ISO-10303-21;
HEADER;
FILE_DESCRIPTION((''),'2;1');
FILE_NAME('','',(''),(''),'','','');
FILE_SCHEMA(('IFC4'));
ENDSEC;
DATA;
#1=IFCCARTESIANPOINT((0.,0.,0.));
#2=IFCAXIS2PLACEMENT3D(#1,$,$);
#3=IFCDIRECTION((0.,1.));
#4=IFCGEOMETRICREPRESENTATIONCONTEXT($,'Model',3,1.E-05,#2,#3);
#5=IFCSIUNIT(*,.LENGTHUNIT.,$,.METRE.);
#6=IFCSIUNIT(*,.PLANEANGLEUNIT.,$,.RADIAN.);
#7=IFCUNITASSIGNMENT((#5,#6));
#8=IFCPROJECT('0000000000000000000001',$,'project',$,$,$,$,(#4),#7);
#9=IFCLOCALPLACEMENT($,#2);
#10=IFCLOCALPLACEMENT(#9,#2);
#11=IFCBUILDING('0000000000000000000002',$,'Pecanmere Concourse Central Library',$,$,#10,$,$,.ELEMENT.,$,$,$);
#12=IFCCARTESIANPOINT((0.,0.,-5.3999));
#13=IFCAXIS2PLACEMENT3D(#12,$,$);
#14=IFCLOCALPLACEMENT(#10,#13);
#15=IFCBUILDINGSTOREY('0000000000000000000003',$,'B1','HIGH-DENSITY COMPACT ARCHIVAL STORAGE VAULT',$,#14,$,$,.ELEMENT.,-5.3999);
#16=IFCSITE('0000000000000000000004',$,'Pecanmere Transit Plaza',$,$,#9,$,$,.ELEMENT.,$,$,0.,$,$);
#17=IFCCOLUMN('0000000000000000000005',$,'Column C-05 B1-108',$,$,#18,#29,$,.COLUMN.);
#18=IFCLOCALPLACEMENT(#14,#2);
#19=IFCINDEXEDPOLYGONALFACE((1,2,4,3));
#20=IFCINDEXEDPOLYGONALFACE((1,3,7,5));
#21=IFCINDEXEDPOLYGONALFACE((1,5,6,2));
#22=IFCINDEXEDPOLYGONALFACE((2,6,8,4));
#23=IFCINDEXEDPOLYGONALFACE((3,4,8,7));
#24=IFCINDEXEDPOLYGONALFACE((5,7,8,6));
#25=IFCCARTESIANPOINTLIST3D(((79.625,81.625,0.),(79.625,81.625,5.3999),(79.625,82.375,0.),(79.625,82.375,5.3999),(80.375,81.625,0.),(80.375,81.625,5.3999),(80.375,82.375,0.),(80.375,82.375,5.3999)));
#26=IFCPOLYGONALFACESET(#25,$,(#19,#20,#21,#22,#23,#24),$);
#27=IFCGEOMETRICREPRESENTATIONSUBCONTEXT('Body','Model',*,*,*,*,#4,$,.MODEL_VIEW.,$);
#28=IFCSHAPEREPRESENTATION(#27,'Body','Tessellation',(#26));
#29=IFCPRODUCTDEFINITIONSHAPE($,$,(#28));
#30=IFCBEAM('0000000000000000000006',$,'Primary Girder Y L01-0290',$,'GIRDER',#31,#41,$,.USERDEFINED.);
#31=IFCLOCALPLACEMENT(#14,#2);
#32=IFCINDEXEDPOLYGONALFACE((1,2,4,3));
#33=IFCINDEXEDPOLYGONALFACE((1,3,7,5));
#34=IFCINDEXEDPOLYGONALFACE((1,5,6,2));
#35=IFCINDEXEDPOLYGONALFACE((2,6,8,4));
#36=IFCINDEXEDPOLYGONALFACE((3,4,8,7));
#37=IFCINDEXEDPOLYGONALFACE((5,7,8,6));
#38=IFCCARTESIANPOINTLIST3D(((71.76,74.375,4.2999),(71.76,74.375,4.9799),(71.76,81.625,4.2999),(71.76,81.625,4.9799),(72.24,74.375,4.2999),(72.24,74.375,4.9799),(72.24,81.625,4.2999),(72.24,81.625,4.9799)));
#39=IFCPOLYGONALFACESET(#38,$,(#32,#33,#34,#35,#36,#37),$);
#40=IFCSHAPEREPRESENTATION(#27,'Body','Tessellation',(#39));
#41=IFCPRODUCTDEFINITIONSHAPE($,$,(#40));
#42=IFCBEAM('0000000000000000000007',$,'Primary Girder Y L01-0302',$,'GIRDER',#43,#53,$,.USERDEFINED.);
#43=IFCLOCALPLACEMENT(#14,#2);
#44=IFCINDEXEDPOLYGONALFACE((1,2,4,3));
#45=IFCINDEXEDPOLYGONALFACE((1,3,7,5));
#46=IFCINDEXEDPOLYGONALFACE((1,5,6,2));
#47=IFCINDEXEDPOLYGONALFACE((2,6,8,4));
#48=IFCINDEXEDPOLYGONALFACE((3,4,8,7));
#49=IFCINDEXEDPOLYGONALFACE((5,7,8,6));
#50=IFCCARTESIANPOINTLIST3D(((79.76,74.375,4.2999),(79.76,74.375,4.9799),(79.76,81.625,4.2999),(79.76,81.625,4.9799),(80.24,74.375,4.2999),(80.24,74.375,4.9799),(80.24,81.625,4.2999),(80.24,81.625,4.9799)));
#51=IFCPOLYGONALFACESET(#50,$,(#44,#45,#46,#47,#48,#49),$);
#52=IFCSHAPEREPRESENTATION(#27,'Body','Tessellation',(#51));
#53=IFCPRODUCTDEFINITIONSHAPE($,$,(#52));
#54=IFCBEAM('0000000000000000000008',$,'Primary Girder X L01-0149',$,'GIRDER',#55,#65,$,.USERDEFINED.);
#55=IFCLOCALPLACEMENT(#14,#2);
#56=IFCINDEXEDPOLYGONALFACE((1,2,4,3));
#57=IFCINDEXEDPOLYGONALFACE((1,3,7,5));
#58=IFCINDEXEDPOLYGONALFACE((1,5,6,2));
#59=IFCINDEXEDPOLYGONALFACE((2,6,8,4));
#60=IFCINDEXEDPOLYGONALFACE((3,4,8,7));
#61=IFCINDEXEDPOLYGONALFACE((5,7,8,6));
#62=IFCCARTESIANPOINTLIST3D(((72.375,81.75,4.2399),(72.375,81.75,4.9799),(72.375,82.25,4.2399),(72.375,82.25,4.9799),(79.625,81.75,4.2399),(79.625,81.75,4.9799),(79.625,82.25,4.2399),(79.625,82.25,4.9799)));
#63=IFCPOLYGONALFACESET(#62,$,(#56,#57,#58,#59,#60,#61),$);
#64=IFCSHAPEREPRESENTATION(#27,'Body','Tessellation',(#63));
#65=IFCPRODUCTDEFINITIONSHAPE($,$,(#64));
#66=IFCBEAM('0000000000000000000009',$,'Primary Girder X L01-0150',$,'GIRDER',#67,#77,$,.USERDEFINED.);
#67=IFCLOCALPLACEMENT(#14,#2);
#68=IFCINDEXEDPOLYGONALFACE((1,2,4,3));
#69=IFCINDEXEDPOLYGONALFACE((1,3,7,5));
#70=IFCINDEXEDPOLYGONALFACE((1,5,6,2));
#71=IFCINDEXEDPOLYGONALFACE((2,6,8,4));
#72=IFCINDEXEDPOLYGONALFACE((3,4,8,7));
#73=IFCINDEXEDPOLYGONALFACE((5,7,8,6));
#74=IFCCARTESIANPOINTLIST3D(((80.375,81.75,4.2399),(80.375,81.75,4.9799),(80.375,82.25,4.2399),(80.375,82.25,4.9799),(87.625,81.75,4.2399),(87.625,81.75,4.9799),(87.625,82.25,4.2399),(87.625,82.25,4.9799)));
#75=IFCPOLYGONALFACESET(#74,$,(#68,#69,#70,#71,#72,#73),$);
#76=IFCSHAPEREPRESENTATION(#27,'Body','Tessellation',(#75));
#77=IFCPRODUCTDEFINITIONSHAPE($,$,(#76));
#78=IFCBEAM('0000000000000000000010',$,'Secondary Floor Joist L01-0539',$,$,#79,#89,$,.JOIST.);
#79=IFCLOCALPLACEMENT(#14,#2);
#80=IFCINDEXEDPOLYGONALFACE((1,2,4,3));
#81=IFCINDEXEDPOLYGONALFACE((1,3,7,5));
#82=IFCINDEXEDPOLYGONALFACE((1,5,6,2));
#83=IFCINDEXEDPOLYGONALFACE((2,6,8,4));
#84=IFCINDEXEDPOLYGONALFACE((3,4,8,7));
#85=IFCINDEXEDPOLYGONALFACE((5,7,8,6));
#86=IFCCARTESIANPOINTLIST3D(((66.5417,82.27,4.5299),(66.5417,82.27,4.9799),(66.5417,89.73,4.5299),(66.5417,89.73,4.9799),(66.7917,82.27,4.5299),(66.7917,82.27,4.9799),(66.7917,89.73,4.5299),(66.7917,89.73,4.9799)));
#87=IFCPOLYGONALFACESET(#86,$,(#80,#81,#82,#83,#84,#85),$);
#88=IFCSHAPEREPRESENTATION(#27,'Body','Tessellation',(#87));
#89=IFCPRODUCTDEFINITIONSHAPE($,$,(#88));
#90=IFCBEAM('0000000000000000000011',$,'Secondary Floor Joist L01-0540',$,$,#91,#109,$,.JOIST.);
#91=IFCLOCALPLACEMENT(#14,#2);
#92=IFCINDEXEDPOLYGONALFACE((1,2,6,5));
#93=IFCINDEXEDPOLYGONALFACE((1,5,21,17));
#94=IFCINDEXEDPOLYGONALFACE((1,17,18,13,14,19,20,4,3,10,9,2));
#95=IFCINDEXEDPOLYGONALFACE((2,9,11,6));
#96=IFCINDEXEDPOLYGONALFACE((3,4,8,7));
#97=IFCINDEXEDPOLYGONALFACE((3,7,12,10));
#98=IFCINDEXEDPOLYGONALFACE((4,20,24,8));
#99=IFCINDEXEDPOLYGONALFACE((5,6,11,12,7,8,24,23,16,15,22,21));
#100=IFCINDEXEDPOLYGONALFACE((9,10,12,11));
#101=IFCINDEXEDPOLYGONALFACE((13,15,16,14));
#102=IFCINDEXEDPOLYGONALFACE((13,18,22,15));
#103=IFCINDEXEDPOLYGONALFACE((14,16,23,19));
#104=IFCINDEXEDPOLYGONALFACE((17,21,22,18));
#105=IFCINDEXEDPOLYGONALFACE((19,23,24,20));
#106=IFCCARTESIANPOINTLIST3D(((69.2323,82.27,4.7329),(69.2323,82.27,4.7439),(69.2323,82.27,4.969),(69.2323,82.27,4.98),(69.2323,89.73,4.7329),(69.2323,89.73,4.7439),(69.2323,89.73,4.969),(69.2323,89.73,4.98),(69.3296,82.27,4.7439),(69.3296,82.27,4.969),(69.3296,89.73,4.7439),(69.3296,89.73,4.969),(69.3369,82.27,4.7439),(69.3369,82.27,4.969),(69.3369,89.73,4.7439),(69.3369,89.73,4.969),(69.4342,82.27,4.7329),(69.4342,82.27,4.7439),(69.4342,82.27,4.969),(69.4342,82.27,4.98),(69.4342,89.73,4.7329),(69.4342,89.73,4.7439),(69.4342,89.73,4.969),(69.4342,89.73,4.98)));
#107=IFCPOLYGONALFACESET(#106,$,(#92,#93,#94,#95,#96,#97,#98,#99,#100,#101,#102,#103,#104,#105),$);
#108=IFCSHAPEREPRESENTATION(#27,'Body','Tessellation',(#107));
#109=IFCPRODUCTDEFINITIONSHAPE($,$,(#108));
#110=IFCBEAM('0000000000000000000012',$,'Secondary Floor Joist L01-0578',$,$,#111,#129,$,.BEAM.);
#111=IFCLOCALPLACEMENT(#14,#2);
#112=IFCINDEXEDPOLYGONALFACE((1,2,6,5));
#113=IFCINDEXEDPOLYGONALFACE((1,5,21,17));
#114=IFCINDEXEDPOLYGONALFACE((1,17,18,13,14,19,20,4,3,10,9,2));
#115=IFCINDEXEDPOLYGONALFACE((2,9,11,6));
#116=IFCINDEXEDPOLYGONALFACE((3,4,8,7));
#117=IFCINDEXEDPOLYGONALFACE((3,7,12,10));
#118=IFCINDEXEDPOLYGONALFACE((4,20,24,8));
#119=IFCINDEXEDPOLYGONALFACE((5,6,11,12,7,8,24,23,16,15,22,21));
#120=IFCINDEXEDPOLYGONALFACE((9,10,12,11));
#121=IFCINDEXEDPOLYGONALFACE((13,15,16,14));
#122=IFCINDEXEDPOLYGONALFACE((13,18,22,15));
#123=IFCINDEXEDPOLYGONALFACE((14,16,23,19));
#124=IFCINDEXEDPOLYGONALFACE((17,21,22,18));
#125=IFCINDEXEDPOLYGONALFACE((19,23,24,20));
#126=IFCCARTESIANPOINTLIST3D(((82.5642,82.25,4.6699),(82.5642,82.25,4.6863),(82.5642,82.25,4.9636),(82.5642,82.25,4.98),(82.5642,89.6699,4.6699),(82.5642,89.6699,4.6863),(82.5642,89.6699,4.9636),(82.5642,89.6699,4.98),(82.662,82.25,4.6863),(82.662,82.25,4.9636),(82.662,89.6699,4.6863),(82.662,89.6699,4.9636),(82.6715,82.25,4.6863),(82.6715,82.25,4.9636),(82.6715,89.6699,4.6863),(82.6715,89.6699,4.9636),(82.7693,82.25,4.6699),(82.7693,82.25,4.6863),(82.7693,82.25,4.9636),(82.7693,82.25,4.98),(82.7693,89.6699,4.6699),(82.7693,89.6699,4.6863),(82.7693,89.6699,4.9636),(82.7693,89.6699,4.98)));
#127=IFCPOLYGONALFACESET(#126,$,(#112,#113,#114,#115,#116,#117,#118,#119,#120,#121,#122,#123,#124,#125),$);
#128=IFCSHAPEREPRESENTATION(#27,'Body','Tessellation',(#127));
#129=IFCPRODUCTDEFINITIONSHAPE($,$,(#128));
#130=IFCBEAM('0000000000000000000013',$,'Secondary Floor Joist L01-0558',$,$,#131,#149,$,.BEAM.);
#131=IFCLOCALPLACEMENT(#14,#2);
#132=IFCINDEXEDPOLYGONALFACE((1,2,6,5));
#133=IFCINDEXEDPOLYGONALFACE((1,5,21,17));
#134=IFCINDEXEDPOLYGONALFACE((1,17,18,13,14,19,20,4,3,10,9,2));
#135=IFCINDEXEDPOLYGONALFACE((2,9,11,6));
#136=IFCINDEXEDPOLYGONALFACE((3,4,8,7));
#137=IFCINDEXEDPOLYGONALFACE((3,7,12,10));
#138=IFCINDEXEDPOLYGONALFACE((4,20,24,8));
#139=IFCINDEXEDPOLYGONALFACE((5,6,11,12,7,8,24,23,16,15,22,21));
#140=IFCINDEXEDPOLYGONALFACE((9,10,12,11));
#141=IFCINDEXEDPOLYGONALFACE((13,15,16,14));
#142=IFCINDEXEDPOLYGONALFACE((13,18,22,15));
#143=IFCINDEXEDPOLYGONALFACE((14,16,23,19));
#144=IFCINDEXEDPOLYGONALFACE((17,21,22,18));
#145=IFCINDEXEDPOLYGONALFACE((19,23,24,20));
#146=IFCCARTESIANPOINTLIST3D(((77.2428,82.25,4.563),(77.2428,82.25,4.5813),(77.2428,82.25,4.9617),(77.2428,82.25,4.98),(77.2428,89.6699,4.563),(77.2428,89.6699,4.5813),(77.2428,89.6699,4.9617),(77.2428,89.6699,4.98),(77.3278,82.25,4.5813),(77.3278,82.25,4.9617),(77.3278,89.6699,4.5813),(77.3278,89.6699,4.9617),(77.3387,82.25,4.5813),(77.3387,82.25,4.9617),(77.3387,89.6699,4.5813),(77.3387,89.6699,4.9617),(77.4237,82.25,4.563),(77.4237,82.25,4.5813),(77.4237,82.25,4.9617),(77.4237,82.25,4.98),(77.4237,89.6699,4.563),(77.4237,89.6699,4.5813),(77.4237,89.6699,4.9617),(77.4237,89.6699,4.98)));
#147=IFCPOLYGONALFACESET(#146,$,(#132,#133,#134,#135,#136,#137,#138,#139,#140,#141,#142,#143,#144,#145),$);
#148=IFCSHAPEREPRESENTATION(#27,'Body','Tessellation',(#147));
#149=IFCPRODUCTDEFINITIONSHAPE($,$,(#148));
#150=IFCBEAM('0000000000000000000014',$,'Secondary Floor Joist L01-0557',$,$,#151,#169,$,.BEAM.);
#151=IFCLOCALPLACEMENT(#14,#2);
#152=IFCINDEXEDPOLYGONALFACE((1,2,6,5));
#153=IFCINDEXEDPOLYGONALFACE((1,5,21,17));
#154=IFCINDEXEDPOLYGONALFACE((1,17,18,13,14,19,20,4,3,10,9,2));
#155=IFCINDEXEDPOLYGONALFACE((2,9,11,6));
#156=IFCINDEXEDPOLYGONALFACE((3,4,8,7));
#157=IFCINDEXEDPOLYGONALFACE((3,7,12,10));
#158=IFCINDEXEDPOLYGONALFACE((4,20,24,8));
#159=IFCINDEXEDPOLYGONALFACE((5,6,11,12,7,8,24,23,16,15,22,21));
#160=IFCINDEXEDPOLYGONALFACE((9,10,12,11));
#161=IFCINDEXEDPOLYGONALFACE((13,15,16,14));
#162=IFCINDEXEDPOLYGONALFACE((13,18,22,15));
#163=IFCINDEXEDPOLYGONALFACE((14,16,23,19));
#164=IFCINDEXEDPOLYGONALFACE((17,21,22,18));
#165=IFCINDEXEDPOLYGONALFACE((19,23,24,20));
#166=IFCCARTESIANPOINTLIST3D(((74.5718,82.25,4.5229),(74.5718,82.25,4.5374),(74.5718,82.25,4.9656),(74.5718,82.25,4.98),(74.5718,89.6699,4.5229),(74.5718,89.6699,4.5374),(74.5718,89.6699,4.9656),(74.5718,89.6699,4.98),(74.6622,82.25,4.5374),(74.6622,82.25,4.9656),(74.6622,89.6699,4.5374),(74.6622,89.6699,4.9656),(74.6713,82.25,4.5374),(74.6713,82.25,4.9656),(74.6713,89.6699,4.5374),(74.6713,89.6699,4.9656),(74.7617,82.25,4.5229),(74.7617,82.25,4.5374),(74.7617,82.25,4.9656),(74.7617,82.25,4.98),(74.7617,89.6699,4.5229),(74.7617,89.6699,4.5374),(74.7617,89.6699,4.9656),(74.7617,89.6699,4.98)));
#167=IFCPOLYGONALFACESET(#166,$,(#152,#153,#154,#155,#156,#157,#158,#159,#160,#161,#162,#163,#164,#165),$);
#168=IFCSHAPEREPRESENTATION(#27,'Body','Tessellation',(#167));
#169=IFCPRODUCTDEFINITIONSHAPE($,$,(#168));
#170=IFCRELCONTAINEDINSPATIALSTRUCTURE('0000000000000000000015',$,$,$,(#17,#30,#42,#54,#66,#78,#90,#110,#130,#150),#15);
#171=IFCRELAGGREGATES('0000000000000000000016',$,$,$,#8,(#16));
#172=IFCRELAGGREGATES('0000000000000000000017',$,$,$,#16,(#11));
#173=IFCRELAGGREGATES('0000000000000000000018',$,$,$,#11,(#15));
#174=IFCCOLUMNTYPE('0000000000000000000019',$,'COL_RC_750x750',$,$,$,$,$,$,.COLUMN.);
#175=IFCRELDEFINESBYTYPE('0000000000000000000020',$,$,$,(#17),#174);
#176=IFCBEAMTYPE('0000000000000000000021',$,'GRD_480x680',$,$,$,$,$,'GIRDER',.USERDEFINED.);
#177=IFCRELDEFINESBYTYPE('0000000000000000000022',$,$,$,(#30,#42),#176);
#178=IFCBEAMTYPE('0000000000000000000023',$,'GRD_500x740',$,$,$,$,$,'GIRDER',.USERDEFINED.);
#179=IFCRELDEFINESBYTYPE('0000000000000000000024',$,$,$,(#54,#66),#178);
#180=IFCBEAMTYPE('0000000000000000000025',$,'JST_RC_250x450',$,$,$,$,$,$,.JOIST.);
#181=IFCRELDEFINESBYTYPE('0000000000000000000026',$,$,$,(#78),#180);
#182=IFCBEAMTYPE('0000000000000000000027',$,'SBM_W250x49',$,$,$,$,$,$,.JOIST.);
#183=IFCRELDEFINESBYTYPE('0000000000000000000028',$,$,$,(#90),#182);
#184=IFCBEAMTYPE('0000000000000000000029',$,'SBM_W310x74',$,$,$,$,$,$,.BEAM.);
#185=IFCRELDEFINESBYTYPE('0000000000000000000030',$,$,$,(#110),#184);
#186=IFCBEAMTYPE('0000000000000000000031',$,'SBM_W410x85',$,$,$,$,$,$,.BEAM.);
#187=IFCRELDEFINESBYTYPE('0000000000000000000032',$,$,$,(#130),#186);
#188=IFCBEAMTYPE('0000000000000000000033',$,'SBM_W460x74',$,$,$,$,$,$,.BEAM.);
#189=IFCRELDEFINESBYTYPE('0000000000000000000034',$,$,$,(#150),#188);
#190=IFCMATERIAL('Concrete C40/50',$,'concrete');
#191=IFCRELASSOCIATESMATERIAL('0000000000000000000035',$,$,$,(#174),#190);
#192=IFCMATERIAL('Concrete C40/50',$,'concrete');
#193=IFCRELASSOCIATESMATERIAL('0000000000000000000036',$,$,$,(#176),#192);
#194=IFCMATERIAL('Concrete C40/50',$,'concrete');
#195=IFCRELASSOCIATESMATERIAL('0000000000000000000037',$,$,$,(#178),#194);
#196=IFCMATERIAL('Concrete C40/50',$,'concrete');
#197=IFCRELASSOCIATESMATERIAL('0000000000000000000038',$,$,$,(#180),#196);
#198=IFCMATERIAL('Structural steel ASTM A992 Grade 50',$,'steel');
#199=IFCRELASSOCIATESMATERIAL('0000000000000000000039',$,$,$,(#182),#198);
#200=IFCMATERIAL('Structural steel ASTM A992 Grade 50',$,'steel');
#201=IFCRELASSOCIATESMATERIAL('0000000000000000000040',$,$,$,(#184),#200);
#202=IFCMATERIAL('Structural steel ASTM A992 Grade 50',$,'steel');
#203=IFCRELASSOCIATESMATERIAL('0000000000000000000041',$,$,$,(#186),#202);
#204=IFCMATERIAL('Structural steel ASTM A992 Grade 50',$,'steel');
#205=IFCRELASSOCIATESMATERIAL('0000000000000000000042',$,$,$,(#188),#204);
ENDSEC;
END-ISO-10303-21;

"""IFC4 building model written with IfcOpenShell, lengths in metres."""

from ifc_helpers import new_model, si_unit, direction, frame, origin, origin_2d, place, context, subcontext, project, spatial, rectangle, i_section, extrude, material, material_profile, profile_set, type_object, element, save


model = new_model("IFC4")

# Units and contexts
model_context = context("Model", 3, precision=1e-05, world=origin(), true_north=direction((0.0, 1.0)))
body_context = subcontext(model_context, "Body", "Model", "MODEL_VIEW")
ifc_project = project(units=[si_unit("LENGTHUNIT", "METRE"), si_unit("PLANEANGLEUNIT", "RADIAN")], contexts=[model_context])

# Site, building, storey
site_placement = place(None, origin())
site = spatial("IfcSite", under=ifc_project, at=site_placement, Name="Pecanmere Transit Plaza", CompositionType="ELEMENT", RefElevation=0.0)
building_placement = place(site_placement, origin())
building = spatial("IfcBuilding", under=site, at=building_placement, Name="Pecanmere Concourse Central Library", CompositionType="ELEMENT")
storey_placement = place(building_placement, frame((0.0, 0.0, -5.3999)))
storey = spatial("IfcBuildingStorey", under=building, at=storey_placement, Name="B1", Description="HIGH-DENSITY COMPACT ARCHIVAL STORAGE VAULT", CompositionType="ELEMENT", Elevation=-5.3999)

# Column
ifc_material_1 = material(Name="Concrete C40/50", Category="concrete")
ifc_material_profile_1 = material_profile(ifc_material_1, rectangle(XDim=0.75, YDim=0.75, at=origin_2d()), Name="RC 750x750")
ifc_profile_set_1 = profile_set([ifc_material_profile_1], Name="Concrete C40/50")
column_type = type_object("IfcColumnType", Name="COL_RC_750x750", PredefinedType="COLUMN", material=ifc_profile_set_1)
for number, where, z_axis, x_axis, name in (
    (1, (80.0, 82.0, 0.0), (0.0, 0.0, 1.0), (1.0, 0.0, 0.0), "Column C-05 B1-108"),
):
    element("IfcColumn", number, at=place(storey_placement, frame(where, z_axis=z_axis, x_axis=x_axis)), inside=storey, type_object=column_type, Name=name, PredefinedType="COLUMN", context=body_context, shape_type="SweptSolid", body=[
        extrude(rectangle(XDim=0.75, YDim=0.75, at=origin_2d()), origin(), (0.0, 0.0, 1.0), 5.3999),
    ])

# Beams
ifc_material_2 = material(Name="Concrete C40/50", Category="concrete")
ifc_material_profile_2 = material_profile(ifc_material_2, rectangle(XDim=0.48, YDim=0.6799, at=origin_2d()), Name="RC 480x680")
ifc_profile_set_2 = profile_set([ifc_material_profile_2], Name="Concrete C40/50")
beam_type_1 = type_object("IfcBeamType", Name="GRD_480x680", ElementType="GIRDER", PredefinedType="USERDEFINED", material=ifc_profile_set_2)
for number, where, z_axis, x_axis, name in (
    (2, (72.0, 74.375, 4.6399), (0.0, 1.0, 0.0), (-1.0, 0.0, 0.0), "Primary Girder Y L01-0290"),
    (3, (80.0, 74.375, 4.6399), (0.0, 1.0, 0.0), (-1.0, 0.0, 0.0), "Primary Girder Y L01-0302"),
):
    element("IfcBeam", number, at=place(storey_placement, frame(where, z_axis=z_axis, x_axis=x_axis)), inside=storey, type_object=beam_type_1, Name=name, ObjectType="GIRDER", PredefinedType="USERDEFINED", context=body_context, shape_type="SweptSolid", body=[
        extrude(rectangle(XDim=0.48, YDim=0.6799, at=origin_2d()), origin(), (0.0, 0.0, 1.0), 7.25),
    ])
ifc_material_3 = material(Name="Concrete C40/50", Category="concrete")
ifc_material_profile_3 = material_profile(ifc_material_3, rectangle(XDim=0.5, YDim=0.74, at=origin_2d()), Name="RC 500x740")
ifc_profile_set_3 = profile_set([ifc_material_profile_3], Name="Concrete C40/50")
beam_type_2 = type_object("IfcBeamType", Name="GRD_500x740", ElementType="GIRDER", PredefinedType="USERDEFINED", material=ifc_profile_set_3)
for number, where, z_axis, x_axis, name in (
    (4, (72.375, 82.0, 4.6099), (1.0, 0.0, 0.0), (0.0, 1.0, 0.0), "Primary Girder X L01-0149"),
    (5, (80.375, 82.0, 4.6099), (1.0, 0.0, 0.0), (0.0, 1.0, 0.0), "Primary Girder X L01-0150"),
):
    element("IfcBeam", number, at=place(storey_placement, frame(where, z_axis=z_axis, x_axis=x_axis)), inside=storey, type_object=beam_type_2, Name=name, ObjectType="GIRDER", PredefinedType="USERDEFINED", context=body_context, shape_type="SweptSolid", body=[
        extrude(rectangle(XDim=0.5, YDim=0.74, at=origin_2d()), origin(), (0.0, 0.0, 1.0), 7.25),
    ])
ifc_material_4 = material(Name="Concrete C40/50", Category="concrete")
ifc_material_profile_4 = material_profile(ifc_material_4, rectangle(XDim=0.25, YDim=0.45, at=origin_2d()), Name="RC 250x450")
ifc_profile_set_4 = profile_set([ifc_material_profile_4], Name="Concrete C40/50")
beam_type_3 = type_object("IfcBeamType", Name="JST_RC_250x450", PredefinedType="JOIST", material=ifc_profile_set_4)
beam_1_placement = place(storey_placement, frame((66.6667, 82.27, 4.7549), z_axis=(0.0, 1.0, 0.0), x_axis=(-1.0, 0.0, 0.0)))
element("IfcBeam", 6, at=beam_1_placement, inside=storey, type_object=beam_type_3, Name="Secondary Floor Joist L01-0539", PredefinedType="JOIST", context=body_context, shape_type="SweptSolid", body=[
    extrude(rectangle(XDim=0.25, YDim=0.45, at=origin_2d()), origin(), (0.0, 0.0, 1.0), 7.46),
])
ifc_material_5 = material(Name="Structural steel ASTM A992 Grade 50", Category="steel")
ifc_material_profile_5 = material_profile(ifc_material_5, i_section(OverallWidth=0.2019, OverallDepth=0.2471, WebThickness=0.0073, FlangeThickness=0.011, at=origin_2d()), Name="W250x49.1")
ifc_profile_set_5 = profile_set([ifc_material_profile_5], Name="Structural steel ASTM A992 Grade 50")
beam_type_4 = type_object("IfcBeamType", Name="SBM_W250x49", PredefinedType="JOIST", material=ifc_profile_set_5)
beam_2_placement = place(storey_placement, frame((69.3333, 82.27, 4.8564), z_axis=(0.0, 1.0, 0.0), x_axis=(-1.0, 0.0, 0.0)))
element("IfcBeam", 7, at=beam_2_placement, inside=storey, type_object=beam_type_4, Name="Secondary Floor Joist L01-0540", PredefinedType="JOIST", context=body_context, shape_type="SweptSolid", body=[
    extrude(i_section(OverallWidth=0.2019, OverallDepth=0.2471, WebThickness=0.0073, FlangeThickness=0.011, at=origin_2d()), origin(), (0.0, 0.0, 1.0), 7.46),
])
ifc_material_6 = material(Name="Structural steel ASTM A992 Grade 50", Category="steel")
ifc_material_profile_6 = material_profile(ifc_material_6, i_section(OverallWidth=0.2051, OverallDepth=0.3101, WebThickness=0.0095, FlangeThickness=0.0164, at=origin_2d()), Name="W310x74")
ifc_profile_set_6 = profile_set([ifc_material_profile_6], Name="Structural steel ASTM A992 Grade 50")
beam_type_5 = type_object("IfcBeamType", Name="SBM_W310x74", PredefinedType="BEAM", material=ifc_profile_set_6)
beam_3_placement = place(storey_placement, frame((82.6667, 82.25, 4.825), z_axis=(0.0, 1.0, 0.0), x_axis=(-1.0, 0.0, 0.0)))
element("IfcBeam", 8, at=beam_3_placement, inside=storey, type_object=beam_type_5, Name="Secondary Floor Joist L01-0578", PredefinedType="BEAM", context=body_context, shape_type="SweptSolid", body=[
    extrude(i_section(OverallWidth=0.2051, OverallDepth=0.3101, WebThickness=0.0095, FlangeThickness=0.0164, at=origin_2d()), origin(), (0.0, 0.0, 1.0), 7.4199),
])
ifc_material_7 = material(Name="Structural steel ASTM A992 Grade 50", Category="steel")
ifc_material_profile_7 = material_profile(ifc_material_7, i_section(OverallWidth=0.1809, OverallDepth=0.417, WebThickness=0.011, FlangeThickness=0.0183, at=origin_2d()), Name="W410x85")
ifc_profile_set_7 = profile_set([ifc_material_profile_7], Name="Structural steel ASTM A992 Grade 50")
beam_type_6 = type_object("IfcBeamType", Name="SBM_W410x85", PredefinedType="BEAM", material=ifc_profile_set_7)
beam_4_placement = place(storey_placement, frame((77.3333, 82.25, 4.7715), z_axis=(0.0, 1.0, 0.0), x_axis=(-1.0, 0.0, 0.0)))
element("IfcBeam", 9, at=beam_4_placement, inside=storey, type_object=beam_type_6, Name="Secondary Floor Joist L01-0558", PredefinedType="BEAM", context=body_context, shape_type="SweptSolid", body=[
    extrude(i_section(OverallWidth=0.1809, OverallDepth=0.417, WebThickness=0.011, FlangeThickness=0.0183, at=origin_2d()), origin(), (0.0, 0.0, 1.0), 7.4199),
])
ifc_material_8 = material(Name="Structural steel ASTM A992 Grade 50", Category="steel")
ifc_material_profile_8 = material_profile(ifc_material_8, i_section(OverallWidth=0.1899, OverallDepth=0.457, WebThickness=0.009, FlangeThickness=0.0144, at=origin_2d()), Name="W460x74")
ifc_profile_set_8 = profile_set([ifc_material_profile_8], Name="Structural steel ASTM A992 Grade 50")
beam_type_7 = type_object("IfcBeamType", Name="SBM_W460x74", PredefinedType="BEAM", material=ifc_profile_set_8)
beam_5_placement = place(storey_placement, frame((74.6667, 82.25, 4.7515), z_axis=(0.0, 1.0, 0.0), x_axis=(-1.0, 0.0, 0.0)))
element("IfcBeam", 10, at=beam_5_placement, inside=storey, type_object=beam_type_7, Name="Secondary Floor Joist L01-0557", PredefinedType="BEAM", context=body_context, shape_type="SweptSolid", body=[
    extrude(i_section(OverallWidth=0.1899, OverallDepth=0.457, WebThickness=0.009, FlangeThickness=0.0144, at=origin_2d()), origin(), (0.0, 0.0, 1.0), 7.4199),
])

save(model, "model.ifc")
